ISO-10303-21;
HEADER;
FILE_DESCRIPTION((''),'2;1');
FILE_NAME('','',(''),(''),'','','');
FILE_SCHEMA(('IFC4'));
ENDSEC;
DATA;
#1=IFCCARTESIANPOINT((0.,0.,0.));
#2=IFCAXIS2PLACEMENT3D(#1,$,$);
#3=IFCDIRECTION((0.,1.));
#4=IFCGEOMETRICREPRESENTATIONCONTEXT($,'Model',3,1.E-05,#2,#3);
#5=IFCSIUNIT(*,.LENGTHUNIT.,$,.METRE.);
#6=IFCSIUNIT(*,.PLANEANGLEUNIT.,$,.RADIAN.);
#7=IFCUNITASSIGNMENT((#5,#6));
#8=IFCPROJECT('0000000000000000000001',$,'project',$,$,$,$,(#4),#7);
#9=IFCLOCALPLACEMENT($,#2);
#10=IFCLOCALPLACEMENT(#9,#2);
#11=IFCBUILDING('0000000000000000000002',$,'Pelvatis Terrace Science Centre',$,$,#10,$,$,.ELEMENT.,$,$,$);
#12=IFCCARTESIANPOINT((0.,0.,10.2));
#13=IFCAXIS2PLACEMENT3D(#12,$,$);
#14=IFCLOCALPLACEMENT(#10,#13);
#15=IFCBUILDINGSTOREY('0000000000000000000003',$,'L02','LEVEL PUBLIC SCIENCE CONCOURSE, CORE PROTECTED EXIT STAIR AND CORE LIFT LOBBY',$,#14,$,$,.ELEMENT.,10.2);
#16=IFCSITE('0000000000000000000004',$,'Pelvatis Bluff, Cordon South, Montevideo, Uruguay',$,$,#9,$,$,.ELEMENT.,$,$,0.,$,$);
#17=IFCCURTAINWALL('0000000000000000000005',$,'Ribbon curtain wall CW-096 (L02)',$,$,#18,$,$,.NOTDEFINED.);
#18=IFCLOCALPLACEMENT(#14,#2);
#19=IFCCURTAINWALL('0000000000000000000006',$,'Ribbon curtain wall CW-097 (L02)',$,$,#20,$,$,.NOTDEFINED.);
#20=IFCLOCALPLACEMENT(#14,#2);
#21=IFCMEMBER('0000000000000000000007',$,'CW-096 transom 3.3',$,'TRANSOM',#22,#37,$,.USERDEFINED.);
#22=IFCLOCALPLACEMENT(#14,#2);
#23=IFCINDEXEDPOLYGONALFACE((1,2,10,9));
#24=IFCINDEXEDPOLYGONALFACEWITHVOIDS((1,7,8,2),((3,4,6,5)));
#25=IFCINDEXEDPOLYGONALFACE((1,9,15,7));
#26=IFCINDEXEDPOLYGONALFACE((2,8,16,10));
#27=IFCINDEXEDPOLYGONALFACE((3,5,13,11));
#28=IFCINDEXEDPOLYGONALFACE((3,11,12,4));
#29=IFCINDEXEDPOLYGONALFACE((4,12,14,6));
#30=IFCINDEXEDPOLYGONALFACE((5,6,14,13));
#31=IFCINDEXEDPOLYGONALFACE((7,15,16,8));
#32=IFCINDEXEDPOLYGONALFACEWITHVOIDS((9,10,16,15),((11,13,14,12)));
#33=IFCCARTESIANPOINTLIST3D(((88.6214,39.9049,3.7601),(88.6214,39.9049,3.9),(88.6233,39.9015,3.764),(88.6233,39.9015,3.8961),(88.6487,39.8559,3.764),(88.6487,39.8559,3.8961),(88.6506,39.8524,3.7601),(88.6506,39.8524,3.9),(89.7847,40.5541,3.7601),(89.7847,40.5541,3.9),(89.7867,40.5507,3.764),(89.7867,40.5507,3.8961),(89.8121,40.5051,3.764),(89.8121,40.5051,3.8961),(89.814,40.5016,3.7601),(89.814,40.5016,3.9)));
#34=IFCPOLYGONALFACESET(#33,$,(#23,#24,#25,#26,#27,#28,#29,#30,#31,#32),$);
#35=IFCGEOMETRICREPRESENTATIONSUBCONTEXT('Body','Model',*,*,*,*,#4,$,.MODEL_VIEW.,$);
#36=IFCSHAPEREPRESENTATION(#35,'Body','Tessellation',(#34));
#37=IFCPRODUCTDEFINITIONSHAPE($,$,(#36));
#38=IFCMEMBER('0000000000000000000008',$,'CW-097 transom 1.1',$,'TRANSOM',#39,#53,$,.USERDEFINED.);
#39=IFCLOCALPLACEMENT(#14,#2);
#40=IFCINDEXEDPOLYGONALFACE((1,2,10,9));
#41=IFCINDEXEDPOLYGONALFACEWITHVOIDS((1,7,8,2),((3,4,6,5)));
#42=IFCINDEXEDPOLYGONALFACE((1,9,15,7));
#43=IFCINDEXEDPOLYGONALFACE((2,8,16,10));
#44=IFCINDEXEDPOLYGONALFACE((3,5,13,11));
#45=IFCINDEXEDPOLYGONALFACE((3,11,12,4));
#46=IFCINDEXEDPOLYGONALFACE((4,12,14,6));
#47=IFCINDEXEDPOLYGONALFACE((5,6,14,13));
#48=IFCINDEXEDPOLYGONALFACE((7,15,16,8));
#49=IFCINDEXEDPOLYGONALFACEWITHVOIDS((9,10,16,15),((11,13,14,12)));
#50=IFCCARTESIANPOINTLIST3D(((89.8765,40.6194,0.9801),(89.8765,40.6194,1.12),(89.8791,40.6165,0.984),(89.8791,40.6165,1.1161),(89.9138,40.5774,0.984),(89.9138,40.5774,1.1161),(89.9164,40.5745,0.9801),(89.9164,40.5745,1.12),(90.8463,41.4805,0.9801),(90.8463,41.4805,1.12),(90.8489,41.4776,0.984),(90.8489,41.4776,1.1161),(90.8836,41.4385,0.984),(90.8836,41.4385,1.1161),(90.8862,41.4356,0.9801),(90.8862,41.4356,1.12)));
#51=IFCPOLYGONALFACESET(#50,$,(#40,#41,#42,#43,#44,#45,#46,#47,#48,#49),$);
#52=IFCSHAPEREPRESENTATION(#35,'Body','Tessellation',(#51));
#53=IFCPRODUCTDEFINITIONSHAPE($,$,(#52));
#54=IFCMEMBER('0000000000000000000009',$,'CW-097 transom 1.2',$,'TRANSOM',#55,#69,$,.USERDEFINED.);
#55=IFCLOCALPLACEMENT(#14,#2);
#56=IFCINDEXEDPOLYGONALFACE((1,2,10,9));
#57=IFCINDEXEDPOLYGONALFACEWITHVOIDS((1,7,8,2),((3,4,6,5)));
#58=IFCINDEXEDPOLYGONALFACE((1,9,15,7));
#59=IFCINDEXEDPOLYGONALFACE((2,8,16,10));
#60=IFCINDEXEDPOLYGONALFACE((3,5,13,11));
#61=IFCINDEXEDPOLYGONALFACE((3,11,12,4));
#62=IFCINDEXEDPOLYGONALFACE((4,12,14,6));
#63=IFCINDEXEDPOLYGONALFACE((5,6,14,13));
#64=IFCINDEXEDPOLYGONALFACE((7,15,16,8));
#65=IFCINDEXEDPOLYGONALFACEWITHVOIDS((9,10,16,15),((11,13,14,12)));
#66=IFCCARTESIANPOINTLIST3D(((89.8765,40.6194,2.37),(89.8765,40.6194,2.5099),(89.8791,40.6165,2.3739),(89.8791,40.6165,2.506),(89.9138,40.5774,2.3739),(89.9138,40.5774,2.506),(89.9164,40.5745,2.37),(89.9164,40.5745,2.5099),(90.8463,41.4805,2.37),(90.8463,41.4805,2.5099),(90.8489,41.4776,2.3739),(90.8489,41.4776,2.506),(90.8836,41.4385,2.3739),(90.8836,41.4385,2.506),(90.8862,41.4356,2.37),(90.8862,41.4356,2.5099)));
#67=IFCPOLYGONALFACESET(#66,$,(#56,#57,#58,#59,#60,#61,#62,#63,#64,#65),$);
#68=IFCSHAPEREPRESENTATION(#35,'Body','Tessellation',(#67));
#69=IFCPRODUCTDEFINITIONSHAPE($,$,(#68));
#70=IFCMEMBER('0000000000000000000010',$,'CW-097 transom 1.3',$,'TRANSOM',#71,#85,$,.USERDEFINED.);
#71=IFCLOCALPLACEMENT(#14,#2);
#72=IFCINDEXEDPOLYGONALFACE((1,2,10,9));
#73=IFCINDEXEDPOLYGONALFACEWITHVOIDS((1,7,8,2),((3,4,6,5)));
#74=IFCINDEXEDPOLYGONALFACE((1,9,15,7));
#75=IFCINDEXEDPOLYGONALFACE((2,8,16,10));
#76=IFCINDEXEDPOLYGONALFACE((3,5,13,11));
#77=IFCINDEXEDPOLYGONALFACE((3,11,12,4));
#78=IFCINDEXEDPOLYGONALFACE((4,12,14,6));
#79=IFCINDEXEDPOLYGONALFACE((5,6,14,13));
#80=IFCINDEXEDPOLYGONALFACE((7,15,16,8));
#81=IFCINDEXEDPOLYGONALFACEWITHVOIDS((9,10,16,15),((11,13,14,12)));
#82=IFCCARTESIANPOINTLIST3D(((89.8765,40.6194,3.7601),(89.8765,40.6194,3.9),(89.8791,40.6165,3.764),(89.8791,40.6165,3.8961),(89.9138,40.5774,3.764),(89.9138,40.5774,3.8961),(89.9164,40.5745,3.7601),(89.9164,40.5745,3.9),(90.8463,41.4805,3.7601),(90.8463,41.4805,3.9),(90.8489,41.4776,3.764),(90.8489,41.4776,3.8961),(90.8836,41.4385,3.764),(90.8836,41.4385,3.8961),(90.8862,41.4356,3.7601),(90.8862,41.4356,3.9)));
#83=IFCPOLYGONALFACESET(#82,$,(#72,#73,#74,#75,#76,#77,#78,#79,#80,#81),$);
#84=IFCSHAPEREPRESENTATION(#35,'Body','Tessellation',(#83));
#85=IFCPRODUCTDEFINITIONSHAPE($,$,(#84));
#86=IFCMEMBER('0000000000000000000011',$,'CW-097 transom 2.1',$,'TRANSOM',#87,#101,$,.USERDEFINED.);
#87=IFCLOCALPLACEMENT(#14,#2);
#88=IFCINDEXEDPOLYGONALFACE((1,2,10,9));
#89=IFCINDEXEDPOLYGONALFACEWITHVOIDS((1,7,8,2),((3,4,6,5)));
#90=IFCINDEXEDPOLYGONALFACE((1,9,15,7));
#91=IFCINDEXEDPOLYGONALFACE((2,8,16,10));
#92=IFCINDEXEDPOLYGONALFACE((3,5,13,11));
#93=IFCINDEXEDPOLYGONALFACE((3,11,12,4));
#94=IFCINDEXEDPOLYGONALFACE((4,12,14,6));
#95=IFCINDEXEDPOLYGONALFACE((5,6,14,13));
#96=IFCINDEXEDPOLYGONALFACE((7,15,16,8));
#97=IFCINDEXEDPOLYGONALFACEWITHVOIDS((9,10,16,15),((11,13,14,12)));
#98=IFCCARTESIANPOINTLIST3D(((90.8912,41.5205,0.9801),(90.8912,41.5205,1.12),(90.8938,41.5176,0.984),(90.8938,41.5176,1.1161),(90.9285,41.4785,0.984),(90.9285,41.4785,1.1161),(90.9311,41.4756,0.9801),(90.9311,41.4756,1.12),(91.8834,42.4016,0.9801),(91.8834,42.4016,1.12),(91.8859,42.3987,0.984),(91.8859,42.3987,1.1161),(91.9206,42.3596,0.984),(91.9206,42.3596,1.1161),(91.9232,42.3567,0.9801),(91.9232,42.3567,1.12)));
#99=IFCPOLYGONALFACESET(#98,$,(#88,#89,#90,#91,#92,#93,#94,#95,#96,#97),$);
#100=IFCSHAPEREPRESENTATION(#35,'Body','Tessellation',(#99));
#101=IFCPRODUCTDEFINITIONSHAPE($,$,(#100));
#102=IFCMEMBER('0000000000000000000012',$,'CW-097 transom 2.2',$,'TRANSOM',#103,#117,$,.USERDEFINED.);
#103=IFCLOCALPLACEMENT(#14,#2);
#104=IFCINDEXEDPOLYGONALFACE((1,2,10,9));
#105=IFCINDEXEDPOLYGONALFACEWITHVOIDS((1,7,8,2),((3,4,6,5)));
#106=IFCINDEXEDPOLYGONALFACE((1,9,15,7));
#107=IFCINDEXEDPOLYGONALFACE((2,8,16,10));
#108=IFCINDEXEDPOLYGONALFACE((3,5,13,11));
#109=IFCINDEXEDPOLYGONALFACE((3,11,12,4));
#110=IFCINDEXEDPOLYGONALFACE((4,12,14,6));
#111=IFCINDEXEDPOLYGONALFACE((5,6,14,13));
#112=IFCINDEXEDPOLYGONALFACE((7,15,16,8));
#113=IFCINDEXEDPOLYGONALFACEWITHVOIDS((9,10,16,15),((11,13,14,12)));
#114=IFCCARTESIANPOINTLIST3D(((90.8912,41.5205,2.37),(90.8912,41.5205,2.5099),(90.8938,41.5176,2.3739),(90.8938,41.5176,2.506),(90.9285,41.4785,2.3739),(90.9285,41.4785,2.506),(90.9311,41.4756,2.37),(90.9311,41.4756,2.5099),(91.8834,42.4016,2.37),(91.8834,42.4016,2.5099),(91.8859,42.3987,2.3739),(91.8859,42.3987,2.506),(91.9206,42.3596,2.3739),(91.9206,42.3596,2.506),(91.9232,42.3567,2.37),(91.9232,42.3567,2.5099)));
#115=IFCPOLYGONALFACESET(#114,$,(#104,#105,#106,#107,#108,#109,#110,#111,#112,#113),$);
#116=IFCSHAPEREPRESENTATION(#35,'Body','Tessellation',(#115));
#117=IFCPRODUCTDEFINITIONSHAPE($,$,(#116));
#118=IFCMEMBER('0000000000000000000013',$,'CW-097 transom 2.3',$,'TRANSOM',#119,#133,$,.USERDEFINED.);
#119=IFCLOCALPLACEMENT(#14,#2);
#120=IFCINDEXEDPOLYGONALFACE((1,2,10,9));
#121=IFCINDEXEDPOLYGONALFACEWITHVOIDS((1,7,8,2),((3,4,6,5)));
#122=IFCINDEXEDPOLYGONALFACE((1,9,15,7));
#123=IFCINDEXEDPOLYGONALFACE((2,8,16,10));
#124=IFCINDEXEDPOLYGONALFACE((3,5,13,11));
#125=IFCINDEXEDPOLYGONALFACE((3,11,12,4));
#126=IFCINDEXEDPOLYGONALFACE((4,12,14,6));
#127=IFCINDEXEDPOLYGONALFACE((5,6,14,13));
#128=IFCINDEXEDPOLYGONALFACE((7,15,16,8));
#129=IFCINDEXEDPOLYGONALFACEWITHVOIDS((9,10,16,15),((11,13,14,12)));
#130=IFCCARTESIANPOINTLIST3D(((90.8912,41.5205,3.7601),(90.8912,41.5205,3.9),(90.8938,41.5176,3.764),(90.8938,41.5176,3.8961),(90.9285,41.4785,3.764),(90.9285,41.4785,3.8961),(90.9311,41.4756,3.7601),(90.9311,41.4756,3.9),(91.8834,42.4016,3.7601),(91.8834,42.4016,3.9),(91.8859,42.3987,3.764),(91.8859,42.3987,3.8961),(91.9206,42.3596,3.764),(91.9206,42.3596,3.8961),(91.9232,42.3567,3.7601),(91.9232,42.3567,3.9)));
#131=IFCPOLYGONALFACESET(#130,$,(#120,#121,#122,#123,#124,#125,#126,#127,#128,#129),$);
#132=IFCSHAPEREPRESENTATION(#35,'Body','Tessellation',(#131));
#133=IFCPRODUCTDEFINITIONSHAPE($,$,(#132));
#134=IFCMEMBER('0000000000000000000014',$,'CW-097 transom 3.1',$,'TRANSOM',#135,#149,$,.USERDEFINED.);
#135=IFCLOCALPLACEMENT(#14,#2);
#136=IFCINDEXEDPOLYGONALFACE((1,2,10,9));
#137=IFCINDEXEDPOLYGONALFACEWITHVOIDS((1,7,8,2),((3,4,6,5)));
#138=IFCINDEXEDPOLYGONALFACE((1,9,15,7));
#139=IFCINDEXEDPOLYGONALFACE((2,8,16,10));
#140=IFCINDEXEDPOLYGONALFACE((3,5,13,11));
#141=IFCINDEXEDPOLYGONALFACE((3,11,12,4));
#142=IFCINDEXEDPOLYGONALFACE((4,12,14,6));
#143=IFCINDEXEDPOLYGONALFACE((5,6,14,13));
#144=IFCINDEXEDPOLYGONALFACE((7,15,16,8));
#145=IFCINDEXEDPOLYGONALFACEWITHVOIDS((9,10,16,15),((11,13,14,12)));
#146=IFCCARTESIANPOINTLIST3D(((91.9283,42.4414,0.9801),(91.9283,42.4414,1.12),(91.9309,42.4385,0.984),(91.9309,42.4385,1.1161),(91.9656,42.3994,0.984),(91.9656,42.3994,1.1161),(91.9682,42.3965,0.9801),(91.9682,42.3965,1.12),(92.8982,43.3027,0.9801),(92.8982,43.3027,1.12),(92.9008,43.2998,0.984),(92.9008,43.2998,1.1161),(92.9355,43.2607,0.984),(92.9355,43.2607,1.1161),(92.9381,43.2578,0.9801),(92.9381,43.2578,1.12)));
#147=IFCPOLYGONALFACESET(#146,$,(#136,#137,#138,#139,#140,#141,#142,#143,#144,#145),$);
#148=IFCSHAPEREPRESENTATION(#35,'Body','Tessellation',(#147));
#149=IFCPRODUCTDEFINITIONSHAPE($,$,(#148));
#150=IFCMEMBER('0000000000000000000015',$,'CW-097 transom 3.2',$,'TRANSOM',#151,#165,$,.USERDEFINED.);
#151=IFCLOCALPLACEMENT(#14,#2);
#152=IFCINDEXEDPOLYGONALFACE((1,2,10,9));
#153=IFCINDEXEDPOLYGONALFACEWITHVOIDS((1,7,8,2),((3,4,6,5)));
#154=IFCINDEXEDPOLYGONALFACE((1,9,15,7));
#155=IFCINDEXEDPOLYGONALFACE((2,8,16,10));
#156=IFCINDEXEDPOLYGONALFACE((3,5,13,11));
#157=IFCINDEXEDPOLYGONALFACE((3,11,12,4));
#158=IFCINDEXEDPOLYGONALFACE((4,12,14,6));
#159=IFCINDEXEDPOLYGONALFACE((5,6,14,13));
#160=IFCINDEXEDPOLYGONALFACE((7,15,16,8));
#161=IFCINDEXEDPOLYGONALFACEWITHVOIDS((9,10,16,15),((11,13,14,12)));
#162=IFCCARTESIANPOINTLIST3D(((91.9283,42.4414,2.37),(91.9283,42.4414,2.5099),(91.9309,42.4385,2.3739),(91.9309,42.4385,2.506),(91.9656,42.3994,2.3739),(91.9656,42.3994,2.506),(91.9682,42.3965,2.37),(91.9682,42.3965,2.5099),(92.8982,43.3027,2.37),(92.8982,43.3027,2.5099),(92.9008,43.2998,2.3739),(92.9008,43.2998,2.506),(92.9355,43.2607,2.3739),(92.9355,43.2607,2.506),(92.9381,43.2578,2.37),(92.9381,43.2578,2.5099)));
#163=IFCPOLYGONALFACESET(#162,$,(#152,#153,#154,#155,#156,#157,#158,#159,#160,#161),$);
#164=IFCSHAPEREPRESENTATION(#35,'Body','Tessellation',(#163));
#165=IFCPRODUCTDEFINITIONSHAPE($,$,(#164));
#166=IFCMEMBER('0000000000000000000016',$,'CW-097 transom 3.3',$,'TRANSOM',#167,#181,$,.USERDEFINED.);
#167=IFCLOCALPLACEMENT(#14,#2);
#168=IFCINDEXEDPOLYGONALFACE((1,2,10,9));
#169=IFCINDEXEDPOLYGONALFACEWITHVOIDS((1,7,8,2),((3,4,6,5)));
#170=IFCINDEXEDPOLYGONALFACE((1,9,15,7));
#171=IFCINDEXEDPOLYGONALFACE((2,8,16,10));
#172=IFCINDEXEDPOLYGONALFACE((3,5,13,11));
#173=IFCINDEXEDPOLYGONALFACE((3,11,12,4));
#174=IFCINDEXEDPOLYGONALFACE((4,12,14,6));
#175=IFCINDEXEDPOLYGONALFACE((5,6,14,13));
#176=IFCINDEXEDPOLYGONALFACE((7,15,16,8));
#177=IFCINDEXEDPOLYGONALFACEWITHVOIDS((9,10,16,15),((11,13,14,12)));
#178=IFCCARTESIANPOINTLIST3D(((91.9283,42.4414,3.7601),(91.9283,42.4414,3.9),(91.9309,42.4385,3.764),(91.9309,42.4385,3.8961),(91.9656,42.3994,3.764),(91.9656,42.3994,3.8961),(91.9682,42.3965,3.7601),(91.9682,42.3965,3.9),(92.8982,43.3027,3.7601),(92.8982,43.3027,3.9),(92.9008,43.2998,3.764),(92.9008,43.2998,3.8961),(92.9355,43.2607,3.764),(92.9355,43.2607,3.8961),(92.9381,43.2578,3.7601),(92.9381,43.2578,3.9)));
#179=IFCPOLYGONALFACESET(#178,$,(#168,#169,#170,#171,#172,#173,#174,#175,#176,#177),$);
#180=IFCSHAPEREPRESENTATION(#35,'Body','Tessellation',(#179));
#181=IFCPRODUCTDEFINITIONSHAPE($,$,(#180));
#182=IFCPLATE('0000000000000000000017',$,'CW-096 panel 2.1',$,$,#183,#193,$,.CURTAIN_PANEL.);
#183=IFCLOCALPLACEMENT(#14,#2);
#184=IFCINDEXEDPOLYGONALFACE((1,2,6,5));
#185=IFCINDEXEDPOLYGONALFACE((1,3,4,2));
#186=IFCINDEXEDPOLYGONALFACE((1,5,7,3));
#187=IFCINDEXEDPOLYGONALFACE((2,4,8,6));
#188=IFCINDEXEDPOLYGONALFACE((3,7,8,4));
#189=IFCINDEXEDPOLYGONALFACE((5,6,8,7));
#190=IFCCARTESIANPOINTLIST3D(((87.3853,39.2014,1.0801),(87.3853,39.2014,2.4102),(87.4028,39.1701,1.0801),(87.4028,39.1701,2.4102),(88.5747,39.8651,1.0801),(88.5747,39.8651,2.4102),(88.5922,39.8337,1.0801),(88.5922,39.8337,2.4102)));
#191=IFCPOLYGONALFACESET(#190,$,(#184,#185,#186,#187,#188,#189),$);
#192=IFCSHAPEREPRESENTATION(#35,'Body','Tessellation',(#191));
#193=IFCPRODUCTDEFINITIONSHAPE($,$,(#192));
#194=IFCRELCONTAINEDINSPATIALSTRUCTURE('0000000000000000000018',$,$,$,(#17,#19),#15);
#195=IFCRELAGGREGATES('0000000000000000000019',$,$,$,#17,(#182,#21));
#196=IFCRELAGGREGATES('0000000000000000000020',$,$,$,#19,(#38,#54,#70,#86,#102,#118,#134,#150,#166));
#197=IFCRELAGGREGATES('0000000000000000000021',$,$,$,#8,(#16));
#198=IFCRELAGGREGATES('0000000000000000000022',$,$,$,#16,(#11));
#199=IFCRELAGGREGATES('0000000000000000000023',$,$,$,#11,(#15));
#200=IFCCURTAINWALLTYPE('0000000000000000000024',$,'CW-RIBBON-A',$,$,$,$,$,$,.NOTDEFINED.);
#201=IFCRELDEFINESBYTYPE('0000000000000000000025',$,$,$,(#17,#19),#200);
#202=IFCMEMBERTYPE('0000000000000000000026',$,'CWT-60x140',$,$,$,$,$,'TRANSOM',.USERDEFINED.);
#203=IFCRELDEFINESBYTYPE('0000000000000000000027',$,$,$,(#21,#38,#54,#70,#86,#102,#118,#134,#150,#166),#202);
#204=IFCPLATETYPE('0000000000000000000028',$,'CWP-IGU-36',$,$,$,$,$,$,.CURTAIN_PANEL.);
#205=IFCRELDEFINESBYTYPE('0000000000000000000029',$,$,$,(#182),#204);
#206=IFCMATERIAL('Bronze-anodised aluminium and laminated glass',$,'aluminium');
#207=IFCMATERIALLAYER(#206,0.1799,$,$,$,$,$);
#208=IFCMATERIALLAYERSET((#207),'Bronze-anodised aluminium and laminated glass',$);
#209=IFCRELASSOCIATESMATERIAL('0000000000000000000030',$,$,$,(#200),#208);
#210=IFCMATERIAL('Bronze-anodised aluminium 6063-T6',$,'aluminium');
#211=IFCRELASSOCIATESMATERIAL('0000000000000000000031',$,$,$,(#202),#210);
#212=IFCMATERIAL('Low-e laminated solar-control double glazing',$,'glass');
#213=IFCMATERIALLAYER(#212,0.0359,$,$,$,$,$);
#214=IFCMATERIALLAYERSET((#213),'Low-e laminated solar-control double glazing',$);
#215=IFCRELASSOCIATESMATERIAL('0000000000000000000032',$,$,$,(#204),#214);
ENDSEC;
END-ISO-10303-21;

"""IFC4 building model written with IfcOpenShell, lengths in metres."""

from ifc_helpers import new_model, si_unit, direction, frame, origin, origin_2d, place, context, subcontext, project, spatial, rectangle, hollow_rectangle, extrude, material, layer, layer_set, material_profile, profile_set, type_object, element, aggregate, save


model = new_model("IFC4")

# Units and contexts
model_context = context("Model", 3, precision=1e-05, world=origin(), true_north=direction((0.0, 1.0)))
body_context = subcontext(model_context, "Body", "Model", "MODEL_VIEW")
ifc_project = project(units=[si_unit("LENGTHUNIT", "METRE"), si_unit("PLANEANGLEUNIT", "RADIAN")], contexts=[model_context])

# Site, building, storey
site_placement = place(None, origin())
site = spatial("IfcSite", under=ifc_project, at=site_placement, Name="Pelvatis Bluff, Cordon South, Montevideo, Uruguay", CompositionType="ELEMENT", RefElevation=0.0)
building_placement = place(site_placement, origin())
building = spatial("IfcBuilding", under=site, at=building_placement, Name="Pelvatis Terrace Science Centre", CompositionType="ELEMENT")
storey_placement = place(building_placement, frame((0.0, 0.0, 10.2)))
storey = spatial("IfcBuildingStorey", under=building, at=storey_placement, Name="L02", Description="LEVEL PUBLIC SCIENCE CONCOURSE, CORE PROTECTED EXIT STAIR AND CORE LIFT LOBBY", CompositionType="ELEMENT", Elevation=10.2)

# Curtain walls
ifc_material_1 = material(Name="Bronze-anodised aluminium and laminated glass", Category="aluminium")
ifc_layer_1 = layer(ifc_material_1, 0.1799)
ifc_layer_set_1 = layer_set([ifc_layer_1], Name="Bronze-anodised aluminium and laminated glass")
curtain_wall_type = type_object("IfcCurtainWallType", Name="CW-RIBBON-A", PredefinedType="NOTDEFINED", material=ifc_layer_set_1)
curtain_wall_1_placement = place(storey_placement, origin())
curtain_wall_1 = element("IfcCurtainWall", 1, at=curtain_wall_1_placement, inside=storey, type_object=curtain_wall_type, Name="Ribbon curtain wall CW-096 (L02)", PredefinedType="NOTDEFINED")
curtain_wall_2_placement = place(storey_placement, origin())
curtain_wall_2 = element("IfcCurtainWall", 2, at=curtain_wall_2_placement, inside=storey, type_object=curtain_wall_type, Name="Ribbon curtain wall CW-097 (L02)", PredefinedType="NOTDEFINED")

# Members
ifc_material_2 = material(Name="Bronze-anodised aluminium 6063-T6", Category="aluminium")
ifc_material_profile_1 = material_profile(ifc_material_2, hollow_rectangle(XDim=0.0601, YDim=0.1399, WallThickness=0.0039, at=origin_2d()), Name="ALU-TRN 60x140")
ifc_profile_set_1 = profile_set([ifc_material_profile_1], Name="Bronze-anodised aluminium 6063-T6")
member_type_1 = type_object("IfcMemberType", Name="CWT-60x140", ElementType="TRANSOM", PredefinedType="USERDEFINED", material=ifc_profile_set_1)
member_1_placement = place(storey_placement, frame((88.636, 39.8787, 3.8301), z_axis=(0.873239, 0.487291, 0.0), x_axis=(-0.487291, 0.873239, 0.0)))
member_1 = element("IfcMember", 3, at=member_1_placement, type_object=member_type_1, Name="CW-096 transom 3.3", ObjectType="TRANSOM", PredefinedType="USERDEFINED", context=body_context, shape_type="SweptSolid", body=[
    extrude(hollow_rectangle(XDim=0.0601, YDim=0.1399, WallThickness=0.0039, at=origin_2d()), origin(), (0.0, 0.0, 1.0), 1.3323),
])
member_2_placement = place(storey_placement, frame((89.8965, 40.5969, 1.05), z_axis=(0.747752, 0.663978, 0.0), x_axis=(-0.663978, 0.747752, 0.0)))
member_2 = element("IfcMember", 4, at=member_2_placement, type_object=member_type_1, Name="CW-097 transom 1.1", ObjectType="TRANSOM", PredefinedType="USERDEFINED", context=body_context, shape_type="SweptSolid", body=[
    extrude(hollow_rectangle(XDim=0.0601, YDim=0.1399, WallThickness=0.0039, at=origin_2d()), origin(), (0.0, 0.0, 1.0), 1.2969),
])
member_3_placement = place(storey_placement, frame((89.8965, 40.5969, 2.4399), z_axis=(0.747752, 0.663978, 0.0), x_axis=(-0.663978, 0.747752, 0.0)))
member_3 = element("IfcMember", 5, at=member_3_placement, type_object=member_type_1, Name="CW-097 transom 1.2", ObjectType="TRANSOM", PredefinedType="USERDEFINED", context=body_context, shape_type="SweptSolid", body=[
    extrude(hollow_rectangle(XDim=0.0601, YDim=0.1399, WallThickness=0.0039, at=origin_2d()), origin(), (0.0, 0.0, 1.0), 1.2969),
])
member_4_placement = place(storey_placement, frame((89.8965, 40.5969, 3.8301), z_axis=(0.747752, 0.663978, 0.0), x_axis=(-0.663978, 0.747752, 0.0)))
member_4 = element("IfcMember", 6, at=member_4_placement, type_object=member_type_1, Name="CW-097 transom 1.3", ObjectType="TRANSOM", PredefinedType="USERDEFINED", context=body_context, shape_type="SweptSolid", body=[
    extrude(hollow_rectangle(XDim=0.0601, YDim=0.1399, WallThickness=0.0039, at=origin_2d()), origin(), (0.0, 0.0, 1.0), 1.2969),
])
member_5_placement = place(storey_placement, frame((90.9111, 41.498, 1.05), z_axis=(0.747724, 0.66401, 0.0), x_axis=(-0.66401, 0.747724, 0.0)))
member_5 = element("IfcMember", 7, at=member_5_placement, type_object=member_type_1, Name="CW-097 transom 2.1", ObjectType="TRANSOM", PredefinedType="USERDEFINED", context=body_context, shape_type="SweptSolid", body=[
    extrude(hollow_rectangle(XDim=0.0601, YDim=0.1399, WallThickness=0.0039, at=origin_2d()), origin(), (0.0, 0.0, 1.0), 1.3269),
])
member_6_placement = place(storey_placement, frame((90.9111, 41.498, 2.4399), z_axis=(0.747724, 0.66401, 0.0), x_axis=(-0.66401, 0.747724, 0.0)))
member_6 = element("IfcMember", 8, at=member_6_placement, type_object=member_type_1, Name="CW-097 transom 2.2", ObjectType="TRANSOM", PredefinedType="USERDEFINED", context=body_context, shape_type="SweptSolid", body=[
    extrude(hollow_rectangle(XDim=0.0601, YDim=0.1399, WallThickness=0.0039, at=origin_2d()), origin(), (0.0, 0.0, 1.0), 1.3269),
])
member_7_placement = place(storey_placement, frame((90.9111, 41.498, 3.8301), z_axis=(0.747724, 0.66401, 0.0), x_axis=(-0.66401, 0.747724, 0.0)))
member_7 = element("IfcMember", 9, at=member_7_placement, type_object=member_type_1, Name="CW-097 transom 2.3", ObjectType="TRANSOM", PredefinedType="USERDEFINED", context=body_context, shape_type="SweptSolid", body=[
    extrude(hollow_rectangle(XDim=0.0601, YDim=0.1399, WallThickness=0.0039, at=origin_2d()), origin(), (0.0, 0.0, 1.0), 1.3269),
])
member_8_placement = place(storey_placement, frame((91.9482, 42.4189, 1.05), z_axis=(0.747742, 0.66399, 0.0), x_axis=(-0.66399, 0.747742, 0.0)))
member_8 = element("IfcMember", 10, at=member_8_placement, type_object=member_type_1, Name="CW-097 transom 3.1", ObjectType="TRANSOM", PredefinedType="USERDEFINED", context=body_context, shape_type="SweptSolid", body=[
    extrude(hollow_rectangle(XDim=0.0601, YDim=0.1399, WallThickness=0.0039, at=origin_2d()), origin(), (0.0, 0.0, 1.0), 1.2971),
])
member_9_placement = place(storey_placement, frame((91.9482, 42.4189, 2.4399), z_axis=(0.747742, 0.66399, 0.0), x_axis=(-0.66399, 0.747742, 0.0)))
member_9 = element("IfcMember", 11, at=member_9_placement, type_object=member_type_1, Name="CW-097 transom 3.2", ObjectType="TRANSOM", PredefinedType="USERDEFINED", context=body_context, shape_type="SweptSolid", body=[
    extrude(hollow_rectangle(XDim=0.0601, YDim=0.1399, WallThickness=0.0039, at=origin_2d()), origin(), (0.0, 0.0, 1.0), 1.2971),
])
member_10_placement = place(storey_placement, frame((91.9482, 42.4189, 3.8301), z_axis=(0.747742, 0.66399, 0.0), x_axis=(-0.66399, 0.747742, 0.0)))
member_10 = element("IfcMember", 12, at=member_10_placement, type_object=member_type_1, Name="CW-097 transom 3.3", ObjectType="TRANSOM", PredefinedType="USERDEFINED", context=body_context, shape_type="SweptSolid", body=[
    extrude(hollow_rectangle(XDim=0.0601, YDim=0.1399, WallThickness=0.0039, at=origin_2d()), origin(), (0.0, 0.0, 1.0), 1.2971),
])

# Plate
ifc_material_3 = material(Name="Low-e laminated solar-control double glazing", Category="glass")
ifc_layer_2 = layer(ifc_material_3, 0.0359)
ifc_layer_set_2 = layer_set([ifc_layer_2], Name="Low-e laminated solar-control double glazing")
plate_type = type_object("IfcPlateType", Name="CWP-IGU-36", PredefinedType="CURTAIN_PANEL", material=ifc_layer_set_2)
plate_1_placement = place(storey_placement, frame((87.9888, 39.5176, 1.0801), z_axis=(0.0, 0.0, 1.0), x_axis=(0.873259, 0.487256, 0.0)))
plate_1 = element("IfcPlate", 13, at=plate_1_placement, type_object=plate_type, Name="CW-096 panel 2.1", PredefinedType="CURTAIN_PANEL", context=body_context, shape_type="SweptSolid", body=[
    extrude(rectangle(XDim=1.3621, YDim=0.0359, at=origin_2d()), origin(), (0.0, 0.0, 1.0), 1.3301),
])
aggregate(curtain_wall_1, [plate_1, member_1])
aggregate(curtain_wall_2, [member_2, member_3, member_4, member_5, member_6, member_7, member_8, member_9, member_10])

save(model, "model.ifc")
